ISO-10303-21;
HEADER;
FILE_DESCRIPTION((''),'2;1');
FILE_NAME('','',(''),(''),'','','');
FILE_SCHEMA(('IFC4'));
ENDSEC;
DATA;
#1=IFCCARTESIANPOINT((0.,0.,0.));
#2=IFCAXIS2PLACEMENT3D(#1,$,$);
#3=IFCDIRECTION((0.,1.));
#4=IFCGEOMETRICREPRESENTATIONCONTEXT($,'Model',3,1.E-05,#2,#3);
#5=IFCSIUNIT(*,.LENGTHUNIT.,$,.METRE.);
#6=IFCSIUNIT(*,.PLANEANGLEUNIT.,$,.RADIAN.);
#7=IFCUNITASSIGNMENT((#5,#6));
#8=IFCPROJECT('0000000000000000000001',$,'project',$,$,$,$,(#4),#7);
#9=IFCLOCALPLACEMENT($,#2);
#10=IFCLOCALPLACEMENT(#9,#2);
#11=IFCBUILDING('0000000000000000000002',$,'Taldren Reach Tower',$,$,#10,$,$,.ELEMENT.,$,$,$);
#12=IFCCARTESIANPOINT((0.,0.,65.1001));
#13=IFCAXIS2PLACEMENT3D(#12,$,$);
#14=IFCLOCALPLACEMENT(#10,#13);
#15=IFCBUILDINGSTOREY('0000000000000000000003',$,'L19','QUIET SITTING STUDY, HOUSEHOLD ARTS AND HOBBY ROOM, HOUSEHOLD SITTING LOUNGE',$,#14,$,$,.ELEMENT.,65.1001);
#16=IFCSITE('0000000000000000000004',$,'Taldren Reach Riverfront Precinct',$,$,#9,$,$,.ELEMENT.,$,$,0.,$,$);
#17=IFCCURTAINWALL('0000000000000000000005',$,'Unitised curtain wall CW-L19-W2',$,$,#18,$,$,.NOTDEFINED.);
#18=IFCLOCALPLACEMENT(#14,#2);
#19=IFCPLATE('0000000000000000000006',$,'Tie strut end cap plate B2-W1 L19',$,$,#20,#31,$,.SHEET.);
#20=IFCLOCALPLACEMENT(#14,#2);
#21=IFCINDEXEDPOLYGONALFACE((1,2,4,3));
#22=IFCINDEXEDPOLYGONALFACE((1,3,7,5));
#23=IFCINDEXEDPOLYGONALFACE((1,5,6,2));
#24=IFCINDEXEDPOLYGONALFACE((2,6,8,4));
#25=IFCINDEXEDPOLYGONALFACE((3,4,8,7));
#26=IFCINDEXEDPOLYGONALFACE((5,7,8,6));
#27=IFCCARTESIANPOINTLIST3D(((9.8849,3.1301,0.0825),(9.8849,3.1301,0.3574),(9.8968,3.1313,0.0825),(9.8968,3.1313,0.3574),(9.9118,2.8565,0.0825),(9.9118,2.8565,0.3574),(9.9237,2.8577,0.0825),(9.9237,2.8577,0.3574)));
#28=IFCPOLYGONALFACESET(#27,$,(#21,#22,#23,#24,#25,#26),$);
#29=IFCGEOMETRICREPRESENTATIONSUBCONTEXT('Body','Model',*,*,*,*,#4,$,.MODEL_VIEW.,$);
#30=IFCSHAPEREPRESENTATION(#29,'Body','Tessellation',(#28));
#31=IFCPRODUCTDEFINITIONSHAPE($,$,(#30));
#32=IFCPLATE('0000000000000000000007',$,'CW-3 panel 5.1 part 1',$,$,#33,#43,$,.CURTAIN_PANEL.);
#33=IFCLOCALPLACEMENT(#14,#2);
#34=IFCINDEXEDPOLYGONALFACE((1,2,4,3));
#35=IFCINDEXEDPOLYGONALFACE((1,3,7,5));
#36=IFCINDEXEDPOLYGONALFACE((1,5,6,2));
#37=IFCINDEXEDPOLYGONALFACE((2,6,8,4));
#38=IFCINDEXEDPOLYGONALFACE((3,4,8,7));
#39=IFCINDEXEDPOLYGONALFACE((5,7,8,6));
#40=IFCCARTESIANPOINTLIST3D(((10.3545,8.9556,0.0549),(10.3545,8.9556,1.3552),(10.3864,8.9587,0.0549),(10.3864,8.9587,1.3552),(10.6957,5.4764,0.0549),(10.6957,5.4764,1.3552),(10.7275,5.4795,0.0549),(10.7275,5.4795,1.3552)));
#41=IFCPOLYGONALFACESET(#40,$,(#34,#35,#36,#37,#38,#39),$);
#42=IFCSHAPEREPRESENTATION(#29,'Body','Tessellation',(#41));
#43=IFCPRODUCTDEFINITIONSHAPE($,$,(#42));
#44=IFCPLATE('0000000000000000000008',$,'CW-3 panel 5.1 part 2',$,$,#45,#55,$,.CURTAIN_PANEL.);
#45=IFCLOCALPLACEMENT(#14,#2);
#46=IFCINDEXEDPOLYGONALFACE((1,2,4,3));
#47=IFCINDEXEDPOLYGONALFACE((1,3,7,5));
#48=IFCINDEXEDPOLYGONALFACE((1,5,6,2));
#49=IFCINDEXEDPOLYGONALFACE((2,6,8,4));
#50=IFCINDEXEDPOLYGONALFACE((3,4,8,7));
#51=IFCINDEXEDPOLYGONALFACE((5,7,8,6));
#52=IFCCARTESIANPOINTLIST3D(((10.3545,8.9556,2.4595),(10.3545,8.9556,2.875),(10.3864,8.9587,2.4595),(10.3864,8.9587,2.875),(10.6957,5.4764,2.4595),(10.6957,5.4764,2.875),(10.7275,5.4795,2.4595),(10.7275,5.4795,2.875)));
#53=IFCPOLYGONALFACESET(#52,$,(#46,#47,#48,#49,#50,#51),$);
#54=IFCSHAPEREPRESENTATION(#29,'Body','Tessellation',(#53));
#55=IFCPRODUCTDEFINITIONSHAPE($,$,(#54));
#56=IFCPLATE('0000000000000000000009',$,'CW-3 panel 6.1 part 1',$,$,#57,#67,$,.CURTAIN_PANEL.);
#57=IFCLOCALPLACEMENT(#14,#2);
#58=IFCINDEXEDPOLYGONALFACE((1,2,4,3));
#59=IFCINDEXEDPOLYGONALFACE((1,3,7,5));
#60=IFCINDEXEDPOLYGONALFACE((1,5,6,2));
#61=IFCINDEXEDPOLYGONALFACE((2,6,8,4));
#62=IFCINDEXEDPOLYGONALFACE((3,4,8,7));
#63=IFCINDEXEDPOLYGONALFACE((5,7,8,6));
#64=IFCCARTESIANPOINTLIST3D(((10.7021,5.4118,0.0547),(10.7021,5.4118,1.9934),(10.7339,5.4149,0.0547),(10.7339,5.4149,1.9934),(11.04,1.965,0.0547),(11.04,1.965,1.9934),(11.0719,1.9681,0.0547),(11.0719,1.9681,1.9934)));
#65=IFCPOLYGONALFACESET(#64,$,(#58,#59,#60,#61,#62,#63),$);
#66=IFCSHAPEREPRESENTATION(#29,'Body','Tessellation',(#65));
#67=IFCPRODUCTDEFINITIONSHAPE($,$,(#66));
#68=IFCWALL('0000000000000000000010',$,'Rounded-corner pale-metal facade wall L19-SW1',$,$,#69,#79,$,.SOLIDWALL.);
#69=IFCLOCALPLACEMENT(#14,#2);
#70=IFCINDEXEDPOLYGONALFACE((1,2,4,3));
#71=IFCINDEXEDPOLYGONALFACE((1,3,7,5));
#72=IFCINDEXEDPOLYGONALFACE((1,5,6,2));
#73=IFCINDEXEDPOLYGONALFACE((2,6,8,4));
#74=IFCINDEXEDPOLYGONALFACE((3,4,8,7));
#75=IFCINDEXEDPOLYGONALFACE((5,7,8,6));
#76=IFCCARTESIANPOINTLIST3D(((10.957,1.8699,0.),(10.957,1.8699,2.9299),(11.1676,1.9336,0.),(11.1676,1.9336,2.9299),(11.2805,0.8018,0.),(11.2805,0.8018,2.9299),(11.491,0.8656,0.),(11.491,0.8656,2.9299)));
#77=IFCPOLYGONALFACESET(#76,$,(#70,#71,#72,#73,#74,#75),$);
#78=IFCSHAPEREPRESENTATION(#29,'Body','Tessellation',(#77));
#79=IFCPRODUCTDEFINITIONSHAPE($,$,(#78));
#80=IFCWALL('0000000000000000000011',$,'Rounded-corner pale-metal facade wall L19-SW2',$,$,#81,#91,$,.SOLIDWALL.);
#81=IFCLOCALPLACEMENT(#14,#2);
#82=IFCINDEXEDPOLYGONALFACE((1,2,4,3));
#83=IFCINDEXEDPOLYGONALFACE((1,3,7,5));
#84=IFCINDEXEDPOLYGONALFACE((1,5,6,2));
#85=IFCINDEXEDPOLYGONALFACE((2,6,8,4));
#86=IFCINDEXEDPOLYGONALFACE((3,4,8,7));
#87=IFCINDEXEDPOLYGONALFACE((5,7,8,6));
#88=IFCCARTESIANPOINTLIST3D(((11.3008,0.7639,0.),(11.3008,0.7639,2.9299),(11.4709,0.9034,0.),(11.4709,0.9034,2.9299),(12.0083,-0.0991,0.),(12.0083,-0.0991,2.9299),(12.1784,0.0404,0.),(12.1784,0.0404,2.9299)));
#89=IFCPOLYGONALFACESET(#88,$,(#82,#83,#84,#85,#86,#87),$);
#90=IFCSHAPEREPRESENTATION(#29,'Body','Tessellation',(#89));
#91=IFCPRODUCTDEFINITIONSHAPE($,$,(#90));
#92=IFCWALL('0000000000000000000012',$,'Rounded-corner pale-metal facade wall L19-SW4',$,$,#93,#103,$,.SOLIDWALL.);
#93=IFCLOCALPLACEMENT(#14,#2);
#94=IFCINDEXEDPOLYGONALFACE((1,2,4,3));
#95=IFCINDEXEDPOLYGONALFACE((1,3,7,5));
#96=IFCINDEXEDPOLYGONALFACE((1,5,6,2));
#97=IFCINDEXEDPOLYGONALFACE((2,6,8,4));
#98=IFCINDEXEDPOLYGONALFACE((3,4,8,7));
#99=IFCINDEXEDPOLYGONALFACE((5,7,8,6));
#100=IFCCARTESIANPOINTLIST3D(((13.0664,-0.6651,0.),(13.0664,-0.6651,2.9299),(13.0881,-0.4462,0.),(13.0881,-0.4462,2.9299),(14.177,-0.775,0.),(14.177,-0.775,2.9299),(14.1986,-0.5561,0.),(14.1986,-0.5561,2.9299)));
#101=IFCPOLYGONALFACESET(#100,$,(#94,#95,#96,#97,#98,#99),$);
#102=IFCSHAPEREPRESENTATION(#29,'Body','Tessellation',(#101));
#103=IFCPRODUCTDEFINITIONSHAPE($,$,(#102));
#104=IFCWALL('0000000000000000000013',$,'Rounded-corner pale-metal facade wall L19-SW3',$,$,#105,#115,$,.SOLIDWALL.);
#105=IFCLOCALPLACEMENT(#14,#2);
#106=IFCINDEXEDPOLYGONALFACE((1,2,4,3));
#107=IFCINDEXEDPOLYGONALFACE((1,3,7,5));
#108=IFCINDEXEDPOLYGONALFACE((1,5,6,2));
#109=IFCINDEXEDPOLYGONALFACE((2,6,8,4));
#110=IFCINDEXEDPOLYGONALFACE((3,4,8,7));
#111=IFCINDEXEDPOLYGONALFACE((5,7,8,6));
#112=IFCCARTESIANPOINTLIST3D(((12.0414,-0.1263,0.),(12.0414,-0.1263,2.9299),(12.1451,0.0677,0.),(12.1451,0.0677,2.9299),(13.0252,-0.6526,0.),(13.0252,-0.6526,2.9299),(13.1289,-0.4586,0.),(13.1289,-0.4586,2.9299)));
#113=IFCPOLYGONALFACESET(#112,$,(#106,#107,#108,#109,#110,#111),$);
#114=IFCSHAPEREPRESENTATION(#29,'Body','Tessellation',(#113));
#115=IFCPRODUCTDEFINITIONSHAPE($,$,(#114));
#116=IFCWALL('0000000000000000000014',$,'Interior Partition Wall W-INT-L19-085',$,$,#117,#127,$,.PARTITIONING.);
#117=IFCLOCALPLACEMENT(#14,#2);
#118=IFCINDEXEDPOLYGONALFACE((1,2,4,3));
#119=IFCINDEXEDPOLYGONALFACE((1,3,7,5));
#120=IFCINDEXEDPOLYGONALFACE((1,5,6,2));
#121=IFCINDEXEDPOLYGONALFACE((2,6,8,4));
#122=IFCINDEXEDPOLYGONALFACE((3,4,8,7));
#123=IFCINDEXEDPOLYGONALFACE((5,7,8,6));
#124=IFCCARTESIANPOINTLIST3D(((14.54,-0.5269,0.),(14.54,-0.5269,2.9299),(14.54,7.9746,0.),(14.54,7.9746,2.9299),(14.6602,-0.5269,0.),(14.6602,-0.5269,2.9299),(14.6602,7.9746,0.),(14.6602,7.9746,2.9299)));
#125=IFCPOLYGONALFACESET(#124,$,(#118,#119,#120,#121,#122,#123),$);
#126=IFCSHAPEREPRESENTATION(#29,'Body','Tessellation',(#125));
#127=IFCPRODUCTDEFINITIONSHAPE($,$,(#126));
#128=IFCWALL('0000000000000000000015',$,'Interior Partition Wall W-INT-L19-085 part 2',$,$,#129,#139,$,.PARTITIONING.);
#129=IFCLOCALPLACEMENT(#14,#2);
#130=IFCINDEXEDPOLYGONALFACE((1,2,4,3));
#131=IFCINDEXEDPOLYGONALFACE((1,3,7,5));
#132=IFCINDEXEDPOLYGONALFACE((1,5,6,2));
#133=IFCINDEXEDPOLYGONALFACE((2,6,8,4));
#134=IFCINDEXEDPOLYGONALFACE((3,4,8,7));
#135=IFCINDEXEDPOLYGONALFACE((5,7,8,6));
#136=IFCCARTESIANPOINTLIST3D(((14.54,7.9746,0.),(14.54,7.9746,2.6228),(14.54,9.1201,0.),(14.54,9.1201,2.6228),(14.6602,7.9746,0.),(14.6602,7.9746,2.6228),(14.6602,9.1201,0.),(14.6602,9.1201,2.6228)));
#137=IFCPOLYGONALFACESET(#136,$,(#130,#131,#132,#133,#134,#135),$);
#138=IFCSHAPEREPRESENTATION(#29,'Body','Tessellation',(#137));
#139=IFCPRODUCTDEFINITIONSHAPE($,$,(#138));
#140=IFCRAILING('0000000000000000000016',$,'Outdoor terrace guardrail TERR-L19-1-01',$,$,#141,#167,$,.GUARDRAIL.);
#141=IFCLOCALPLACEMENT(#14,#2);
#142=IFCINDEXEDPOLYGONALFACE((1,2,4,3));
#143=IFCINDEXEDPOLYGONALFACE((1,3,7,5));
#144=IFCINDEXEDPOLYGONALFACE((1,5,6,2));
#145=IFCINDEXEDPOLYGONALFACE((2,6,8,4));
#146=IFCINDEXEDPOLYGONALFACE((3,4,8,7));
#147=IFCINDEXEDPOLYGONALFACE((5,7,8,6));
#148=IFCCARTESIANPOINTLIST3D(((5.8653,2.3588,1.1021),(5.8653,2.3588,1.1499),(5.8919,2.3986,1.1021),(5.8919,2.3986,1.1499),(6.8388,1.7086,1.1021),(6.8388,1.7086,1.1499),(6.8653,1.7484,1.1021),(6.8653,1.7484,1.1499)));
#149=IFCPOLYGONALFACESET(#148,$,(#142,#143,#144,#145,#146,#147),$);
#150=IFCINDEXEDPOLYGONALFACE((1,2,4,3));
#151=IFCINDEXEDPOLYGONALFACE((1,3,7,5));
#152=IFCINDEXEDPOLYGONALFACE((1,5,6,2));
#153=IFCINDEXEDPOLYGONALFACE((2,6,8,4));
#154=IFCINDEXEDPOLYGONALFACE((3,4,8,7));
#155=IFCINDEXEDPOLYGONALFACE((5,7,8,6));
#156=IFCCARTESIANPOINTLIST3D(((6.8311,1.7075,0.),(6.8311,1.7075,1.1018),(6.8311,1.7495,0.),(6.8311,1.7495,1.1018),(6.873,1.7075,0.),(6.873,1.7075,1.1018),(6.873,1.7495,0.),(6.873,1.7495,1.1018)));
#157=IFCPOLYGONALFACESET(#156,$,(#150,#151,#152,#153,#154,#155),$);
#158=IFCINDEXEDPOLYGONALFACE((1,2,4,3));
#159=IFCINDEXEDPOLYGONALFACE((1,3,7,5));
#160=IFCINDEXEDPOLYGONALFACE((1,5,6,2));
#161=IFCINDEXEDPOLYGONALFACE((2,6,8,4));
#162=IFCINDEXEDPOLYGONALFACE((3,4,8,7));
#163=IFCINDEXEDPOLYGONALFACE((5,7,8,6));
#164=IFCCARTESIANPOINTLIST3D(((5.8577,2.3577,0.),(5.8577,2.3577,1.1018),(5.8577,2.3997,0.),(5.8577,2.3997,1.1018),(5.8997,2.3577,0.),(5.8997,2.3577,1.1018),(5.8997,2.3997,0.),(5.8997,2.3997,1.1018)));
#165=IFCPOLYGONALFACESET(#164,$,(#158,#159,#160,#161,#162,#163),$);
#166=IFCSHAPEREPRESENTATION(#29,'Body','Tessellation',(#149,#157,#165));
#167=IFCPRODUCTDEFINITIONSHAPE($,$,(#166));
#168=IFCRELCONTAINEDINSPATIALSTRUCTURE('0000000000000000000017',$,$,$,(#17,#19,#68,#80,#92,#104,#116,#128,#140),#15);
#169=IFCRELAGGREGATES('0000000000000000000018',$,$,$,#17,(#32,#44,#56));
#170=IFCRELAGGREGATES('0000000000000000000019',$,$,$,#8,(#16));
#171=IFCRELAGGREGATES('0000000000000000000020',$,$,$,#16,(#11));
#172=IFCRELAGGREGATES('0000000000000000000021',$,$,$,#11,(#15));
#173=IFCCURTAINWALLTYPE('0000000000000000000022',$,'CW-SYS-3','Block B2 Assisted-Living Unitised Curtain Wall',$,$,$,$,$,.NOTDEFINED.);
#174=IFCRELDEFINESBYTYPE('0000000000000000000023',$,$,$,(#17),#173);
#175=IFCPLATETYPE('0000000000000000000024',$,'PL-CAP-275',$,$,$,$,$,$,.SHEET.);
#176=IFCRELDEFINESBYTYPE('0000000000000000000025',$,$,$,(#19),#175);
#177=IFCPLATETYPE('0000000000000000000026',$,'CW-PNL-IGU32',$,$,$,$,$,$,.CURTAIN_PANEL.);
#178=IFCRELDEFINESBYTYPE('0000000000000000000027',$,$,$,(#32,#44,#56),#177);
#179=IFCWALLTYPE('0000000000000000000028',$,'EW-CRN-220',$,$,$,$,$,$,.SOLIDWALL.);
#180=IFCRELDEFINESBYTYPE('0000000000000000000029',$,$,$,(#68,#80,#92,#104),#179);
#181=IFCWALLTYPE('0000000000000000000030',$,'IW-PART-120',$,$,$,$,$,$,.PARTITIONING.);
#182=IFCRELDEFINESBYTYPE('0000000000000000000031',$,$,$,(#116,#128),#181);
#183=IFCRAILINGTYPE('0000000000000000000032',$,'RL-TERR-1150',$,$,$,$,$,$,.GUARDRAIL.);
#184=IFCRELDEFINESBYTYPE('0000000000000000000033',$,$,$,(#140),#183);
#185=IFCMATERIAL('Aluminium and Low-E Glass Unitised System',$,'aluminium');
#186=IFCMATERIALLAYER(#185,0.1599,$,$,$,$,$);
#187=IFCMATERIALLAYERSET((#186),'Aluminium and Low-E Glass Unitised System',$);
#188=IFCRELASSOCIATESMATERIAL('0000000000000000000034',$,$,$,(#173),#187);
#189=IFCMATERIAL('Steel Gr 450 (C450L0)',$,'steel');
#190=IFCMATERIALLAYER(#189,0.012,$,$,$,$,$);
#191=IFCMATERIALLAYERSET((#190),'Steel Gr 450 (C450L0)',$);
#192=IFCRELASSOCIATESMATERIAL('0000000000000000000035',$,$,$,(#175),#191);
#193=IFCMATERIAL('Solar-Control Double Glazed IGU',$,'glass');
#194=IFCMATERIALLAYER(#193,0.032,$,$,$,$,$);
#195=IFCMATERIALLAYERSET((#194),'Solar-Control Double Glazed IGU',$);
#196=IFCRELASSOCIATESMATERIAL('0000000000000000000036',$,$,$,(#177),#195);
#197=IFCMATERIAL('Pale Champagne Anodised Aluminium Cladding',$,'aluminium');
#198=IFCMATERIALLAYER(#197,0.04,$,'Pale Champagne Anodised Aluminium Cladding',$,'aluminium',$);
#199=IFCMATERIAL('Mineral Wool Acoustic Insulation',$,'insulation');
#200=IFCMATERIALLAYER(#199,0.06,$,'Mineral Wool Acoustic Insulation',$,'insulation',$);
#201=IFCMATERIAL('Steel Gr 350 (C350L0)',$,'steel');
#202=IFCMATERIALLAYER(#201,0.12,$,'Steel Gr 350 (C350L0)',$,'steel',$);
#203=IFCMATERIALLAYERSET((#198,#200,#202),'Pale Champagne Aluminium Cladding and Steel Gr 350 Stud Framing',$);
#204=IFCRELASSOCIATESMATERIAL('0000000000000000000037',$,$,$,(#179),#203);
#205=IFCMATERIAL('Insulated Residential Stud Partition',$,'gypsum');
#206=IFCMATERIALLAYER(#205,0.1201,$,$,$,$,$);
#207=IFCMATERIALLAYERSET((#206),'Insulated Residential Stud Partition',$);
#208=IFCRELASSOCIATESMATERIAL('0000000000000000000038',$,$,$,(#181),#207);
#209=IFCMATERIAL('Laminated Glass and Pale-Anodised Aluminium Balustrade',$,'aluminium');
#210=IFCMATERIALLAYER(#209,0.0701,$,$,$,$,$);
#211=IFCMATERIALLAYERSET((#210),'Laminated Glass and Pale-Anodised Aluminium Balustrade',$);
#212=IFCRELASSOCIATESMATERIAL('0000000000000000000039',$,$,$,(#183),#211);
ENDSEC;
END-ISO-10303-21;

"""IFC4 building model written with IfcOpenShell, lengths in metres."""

from ifc_helpers import new_model, si_unit, direction, frame, frame_2d, origin, origin_2d, place, context, subcontext, project, spatial, rectangle, extrude, source, transform, mapped, material, layer, layer_set, type_object, element, aggregate, save


model = new_model("IFC4")

# Units and contexts
model_context = context("Model", 3, precision=1e-05, world=origin(), true_north=direction((0.0, 1.0)))
body_context = subcontext(model_context, "Body", "Model", "MODEL_VIEW")
ifc_project = project(units=[si_unit("LENGTHUNIT", "METRE"), si_unit("PLANEANGLEUNIT", "RADIAN")], contexts=[model_context])

# Site, building, storey
site_placement = place(None, origin())
site = spatial("IfcSite", under=ifc_project, at=site_placement, Name="Taldren Reach Riverfront Precinct", CompositionType="ELEMENT", RefElevation=0.0)
building_placement = place(site_placement, origin())
building = spatial("IfcBuilding", under=site, at=building_placement, Name="Taldren Reach Tower", CompositionType="ELEMENT")
storey_placement = place(building_placement, frame((0.0, 0.0, 65.1001)))
storey = spatial("IfcBuildingStorey", under=building, at=storey_placement, Name="L19", Description="QUIET SITTING STUDY, HOUSEHOLD ARTS AND HOBBY ROOM, HOUSEHOLD SITTING LOUNGE", CompositionType="ELEMENT", Elevation=65.1001)

# Shared definitions
ifc_material_1 = material(Name="Steel Gr 450 (C450L0)", Category="steel")
ifc_material_2 = material(Name="Steel Gr 350 (C350L0)", Category="steel")

# Shared definitions
ifc_material_3 = material(Name="Aluminium and Low-E Glass Unitised System", Category="aluminium")
ifc_layer_1 = layer(ifc_material_3, 0.1599)
ifc_layer_set_1 = layer_set([ifc_layer_1], Name="Aluminium and Low-E Glass Unitised System")
curtain_wall_type = type_object("IfcCurtainWallType", Name="CW-SYS-3", Description="Block B2 Assisted-Living Unitised Curtain Wall", PredefinedType="NOTDEFINED", material=ifc_layer_set_1)

# Curtain wall
curtain_wall_1_placement = place(storey_placement, origin())
curtain_wall_1 = element("IfcCurtainWall", 1, at=curtain_wall_1_placement, inside=storey, type_object=curtain_wall_type, Name="Unitised curtain wall CW-L19-W2", PredefinedType="NOTDEFINED")

# Plate
ifc_layer_2 = layer(ifc_material_1, 0.012)
ifc_layer_set_2 = layer_set([ifc_layer_2], Name="Steel Gr 450 (C450L0)")
plate_type_1 = type_object("IfcPlateType", Name="PL-CAP-275", PredefinedType="SHEET", material=ifc_layer_set_2)
shared_shape_1 = source(origin(), body_context, "Body", "SweptSolid", [
    extrude(rectangle(XDim=0.012, YDim=0.2749, at=origin_2d()), origin(), (0.0, 0.0, 1.0), 0.2749),
])
plate_1_placement = place(storey_placement, frame((9.9043, 2.9939, 0.0825), z_axis=(0.0, 0.0, 1.0), x_axis=(0.995227, 0.097583, 0.0)))
element("IfcPlate", 2, at=plate_1_placement, inside=storey, type_object=plate_type_1, Name="Tie strut end cap plate B2-W1 L19", PredefinedType="SHEET", context=body_context, shape_type="MappedRepresentation", body=[
    mapped(shared_shape_1, transform((0.0, 0.0, 0.0), scale=1.0)),
])

# Plates
ifc_material_4 = material(Name="Solar-Control Double Glazed IGU", Category="glass")
ifc_layer_3 = layer(ifc_material_4, 0.032)
ifc_layer_set_3 = layer_set([ifc_layer_3], Name="Solar-Control Double Glazed IGU")
plate_type_2 = type_object("IfcPlateType", Name="CW-PNL-IGU32", PredefinedType="CURTAIN_PANEL", material=ifc_layer_set_3)
shared_shape_2 = source(origin(), body_context, "Body", "SweptSolid", [
    extrude(rectangle(XDim=3.4958, YDim=0.032, at=origin_2d()), origin(), (0.0, 0.0, 1.0), 1.3003),
])
plate_2_placement = place(storey_placement, frame((10.541, 7.2175, 0.0549), z_axis=(0.0, 0.0, 1.0), x_axis=(0.097583, -0.995227, 0.0)))
plate_2 = element("IfcPlate", 3, at=plate_2_placement, type_object=plate_type_2, Name="CW-3 panel 5.1 part 1", PredefinedType="CURTAIN_PANEL", context=body_context, shape_type="MappedRepresentation", body=[
    mapped(shared_shape_2, transform((0.0, 0.0, 0.0), scale=1.0)),
])
shared_shape_3 = source(origin(), body_context, "Body", "SweptSolid", [
    extrude(rectangle(XDim=3.4958, YDim=0.032, at=origin_2d()), origin(), (0.0, 0.0, 1.0), 0.4155),
])
plate_3_placement = place(storey_placement, frame((10.541, 7.2175, 2.4595), z_axis=(0.0, 0.0, 1.0), x_axis=(0.097583, -0.995227, 0.0)))
plate_3 = element("IfcPlate", 4, at=plate_3_placement, type_object=plate_type_2, Name="CW-3 panel 5.1 part 2", PredefinedType="CURTAIN_PANEL", context=body_context, shape_type="MappedRepresentation", body=[
    mapped(shared_shape_3, transform((0.0, 0.0, 0.0), scale=1.0)),
])
shared_shape_4 = source(origin(), body_context, "Body", "SweptSolid", [
    extrude(rectangle(XDim=3.4634, YDim=0.032, at=origin_2d()), origin(), (0.0, 0.0, 1.0), 1.9387),
])
plate_4_placement = place(storey_placement, frame((10.887, 3.6899, 0.0547), z_axis=(0.0, 0.0, 1.0), x_axis=(0.097583, -0.995227, 0.0)))
plate_4 = element("IfcPlate", 5, at=plate_4_placement, type_object=plate_type_2, Name="CW-3 panel 6.1 part 1", PredefinedType="CURTAIN_PANEL", context=body_context, shape_type="MappedRepresentation", body=[
    mapped(shared_shape_4, transform((0.0, 0.0, 0.0), scale=1.0)),
])
aggregate(curtain_wall_1, [plate_2, plate_3, plate_4])

# Walls
ifc_material_5 = material(Name="Pale Champagne Anodised Aluminium Cladding", Category="aluminium")
ifc_layer_4 = layer(ifc_material_5, 0.04, Name="Pale Champagne Anodised Aluminium Cladding", Category="aluminium")
ifc_material_6 = material(Name="Mineral Wool Acoustic Insulation", Category="insulation")
ifc_layer_5 = layer(ifc_material_6, 0.06, Name="Mineral Wool Acoustic Insulation", Category="insulation")
ifc_layer_6 = layer(ifc_material_2, 0.12, Name="Steel Gr 350 (C350L0)", Category="steel")
ifc_layer_set_4 = layer_set([ifc_layer_4, ifc_layer_5, ifc_layer_6], Name="Pale Champagne Aluminium Cladding and Steel Gr 350 Stud Framing")
wall_type_1 = type_object("IfcWallType", Name="EW-CRN-220", PredefinedType="SOLIDWALL", material=ifc_layer_set_4)
shared_shape_5 = source(origin(), body_context, "Body", "SweptSolid", [
    extrude(rectangle(XDim=1.116, YDim=0.22, at=frame_2d((0.5581, 0.0))), origin(), (0.0, 0.0, 1.0), 2.9299),
])
for number, where, z_axis, x_axis, name in (
    (6, (11.0623, 1.9019, 0.0), (0.0, 0.0, 1.0), (0.289856, -0.95707, 0.0), "Rounded-corner pale-metal facade wall L19-SW1"),
    (7, (11.3857, 0.8337, 0.0), (0.0, 0.0, 1.0), (0.633988, -0.773343, 0.0), "Rounded-corner pale-metal facade wall L19-SW2"),
    (8, (13.0771, -0.5557, 0.0), (0.0, 0.0, 1.0), (0.995143, -0.098442, 0.0), "Rounded-corner pale-metal facade wall L19-SW4"),
):
    element("IfcWall", number, at=place(storey_placement, frame(where, z_axis=z_axis, x_axis=x_axis)), inside=storey, type_object=wall_type_1, Name=name, PredefinedType="SOLIDWALL", context=body_context, shape_type="MappedRepresentation", body=[
        mapped(shared_shape_5, transform((0.0, 0.0, 0.0), scale=1.0)),
    ])
shared_shape_6 = source(origin(), body_context, "Body", "SweptSolid", [
    extrude(rectangle(XDim=1.1157, YDim=0.22, at=frame_2d((0.5579, 0.0))), origin(), (0.0, 0.0, 1.0), 2.9299),
])
wall_1_placement = place(storey_placement, frame((12.0933, -0.0293, 0.0), z_axis=(0.0, 0.0, 1.0), x_axis=(0.881747, -0.471723, 0.0)))
element("IfcWall", 9, at=wall_1_placement, inside=storey, type_object=wall_type_1, Name="Rounded-corner pale-metal facade wall L19-SW3", PredefinedType="SOLIDWALL", context=body_context, shape_type="MappedRepresentation", body=[
    mapped(shared_shape_6, transform((0.0, 0.0, 0.0), scale=1.0)),
])
ifc_material_7 = material(Name="Insulated Residential Stud Partition", Category="gypsum")
ifc_layer_7 = layer(ifc_material_7, 0.1201)
ifc_layer_set_5 = layer_set([ifc_layer_7], Name="Insulated Residential Stud Partition")
wall_type_2 = type_object("IfcWallType", Name="IW-PART-120", PredefinedType="PARTITIONING", material=ifc_layer_set_5)
shared_shape_7 = source(origin(), body_context, "Body", "SweptSolid", [
    extrude(rectangle(XDim=8.5015, YDim=0.1201, at=frame_2d((4.2507, 0.0))), origin(), (0.0, 0.0, 1.0), 2.9299),
])
wall_2_placement = place(storey_placement, frame((14.6001, -0.5269, 0.0), z_axis=(0.0, 0.0, 1.0), x_axis=(0.0, 1.0, 0.0)))
element("IfcWall", 10, at=wall_2_placement, inside=storey, type_object=wall_type_2, Name="Interior Partition Wall W-INT-L19-085", PredefinedType="PARTITIONING", context=body_context, shape_type="MappedRepresentation", body=[
    mapped(shared_shape_7, transform((0.0, 0.0, 0.0), scale=1.0)),
])
shared_shape_8 = source(origin(), body_context, "Body", "SweptSolid", [
    extrude(rectangle(XDim=1.1455, YDim=0.1201, at=frame_2d((0.5728, 0.0))), origin(), (0.0, 0.0, 1.0), 2.6228),
])
wall_3_placement = place(storey_placement, frame((14.6001, 7.9746, 0.0), z_axis=(0.0, 0.0, 1.0), x_axis=(0.0, 1.0, 0.0)))
element("IfcWall", 11, at=wall_3_placement, inside=storey, type_object=wall_type_2, Name="Interior Partition Wall W-INT-L19-085 part 2", PredefinedType="PARTITIONING", context=body_context, shape_type="MappedRepresentation", body=[
    mapped(shared_shape_8, transform((0.0, 0.0, 0.0), scale=1.0)),
])

# Railing
ifc_material_8 = material(Name="Laminated Glass and Pale-Anodised Aluminium Balustrade", Category="aluminium")
ifc_layer_8 = layer(ifc_material_8, 0.0701)
ifc_layer_set_6 = layer_set([ifc_layer_8], Name="Laminated Glass and Pale-Anodised Aluminium Balustrade")
railing_type = type_object("IfcRailingType", Name="RL-TERR-1150", PredefinedType="GUARDRAIL", material=ifc_layer_set_6)
railing_1_placement = place(storey_placement, frame((6.8521, 1.7285, 0.0)))
element("IfcRailing", 12, at=railing_1_placement, inside=storey, type_object=railing_type, Name="Outdoor terrace guardrail TERR-L19-1-01", PredefinedType="GUARDRAIL", context=body_context, shape_type="SweptSolid", body=[
    extrude(rectangle(XDim=0.0479, YDim=0.0479, at=origin_2d()), frame((0.0, 0.0, 1.126), z_axis=(-0.831569, 0.555422, 0.0), x_axis=(-0.555422, -0.831569, 0.0)), (0.0, 0.0, 1.0), 1.1707),
    extrude(rectangle(XDim=0.042, YDim=0.042, at=origin_2d()), origin(), (0.0, 0.0, 1.0), 1.1018),
    extrude(rectangle(XDim=0.042, YDim=0.042, at=origin_2d()), frame((-0.9734, 0.6501, 0.0)), (0.0, 0.0, 1.0), 1.1018),
])

save(model, "model.ifc")
